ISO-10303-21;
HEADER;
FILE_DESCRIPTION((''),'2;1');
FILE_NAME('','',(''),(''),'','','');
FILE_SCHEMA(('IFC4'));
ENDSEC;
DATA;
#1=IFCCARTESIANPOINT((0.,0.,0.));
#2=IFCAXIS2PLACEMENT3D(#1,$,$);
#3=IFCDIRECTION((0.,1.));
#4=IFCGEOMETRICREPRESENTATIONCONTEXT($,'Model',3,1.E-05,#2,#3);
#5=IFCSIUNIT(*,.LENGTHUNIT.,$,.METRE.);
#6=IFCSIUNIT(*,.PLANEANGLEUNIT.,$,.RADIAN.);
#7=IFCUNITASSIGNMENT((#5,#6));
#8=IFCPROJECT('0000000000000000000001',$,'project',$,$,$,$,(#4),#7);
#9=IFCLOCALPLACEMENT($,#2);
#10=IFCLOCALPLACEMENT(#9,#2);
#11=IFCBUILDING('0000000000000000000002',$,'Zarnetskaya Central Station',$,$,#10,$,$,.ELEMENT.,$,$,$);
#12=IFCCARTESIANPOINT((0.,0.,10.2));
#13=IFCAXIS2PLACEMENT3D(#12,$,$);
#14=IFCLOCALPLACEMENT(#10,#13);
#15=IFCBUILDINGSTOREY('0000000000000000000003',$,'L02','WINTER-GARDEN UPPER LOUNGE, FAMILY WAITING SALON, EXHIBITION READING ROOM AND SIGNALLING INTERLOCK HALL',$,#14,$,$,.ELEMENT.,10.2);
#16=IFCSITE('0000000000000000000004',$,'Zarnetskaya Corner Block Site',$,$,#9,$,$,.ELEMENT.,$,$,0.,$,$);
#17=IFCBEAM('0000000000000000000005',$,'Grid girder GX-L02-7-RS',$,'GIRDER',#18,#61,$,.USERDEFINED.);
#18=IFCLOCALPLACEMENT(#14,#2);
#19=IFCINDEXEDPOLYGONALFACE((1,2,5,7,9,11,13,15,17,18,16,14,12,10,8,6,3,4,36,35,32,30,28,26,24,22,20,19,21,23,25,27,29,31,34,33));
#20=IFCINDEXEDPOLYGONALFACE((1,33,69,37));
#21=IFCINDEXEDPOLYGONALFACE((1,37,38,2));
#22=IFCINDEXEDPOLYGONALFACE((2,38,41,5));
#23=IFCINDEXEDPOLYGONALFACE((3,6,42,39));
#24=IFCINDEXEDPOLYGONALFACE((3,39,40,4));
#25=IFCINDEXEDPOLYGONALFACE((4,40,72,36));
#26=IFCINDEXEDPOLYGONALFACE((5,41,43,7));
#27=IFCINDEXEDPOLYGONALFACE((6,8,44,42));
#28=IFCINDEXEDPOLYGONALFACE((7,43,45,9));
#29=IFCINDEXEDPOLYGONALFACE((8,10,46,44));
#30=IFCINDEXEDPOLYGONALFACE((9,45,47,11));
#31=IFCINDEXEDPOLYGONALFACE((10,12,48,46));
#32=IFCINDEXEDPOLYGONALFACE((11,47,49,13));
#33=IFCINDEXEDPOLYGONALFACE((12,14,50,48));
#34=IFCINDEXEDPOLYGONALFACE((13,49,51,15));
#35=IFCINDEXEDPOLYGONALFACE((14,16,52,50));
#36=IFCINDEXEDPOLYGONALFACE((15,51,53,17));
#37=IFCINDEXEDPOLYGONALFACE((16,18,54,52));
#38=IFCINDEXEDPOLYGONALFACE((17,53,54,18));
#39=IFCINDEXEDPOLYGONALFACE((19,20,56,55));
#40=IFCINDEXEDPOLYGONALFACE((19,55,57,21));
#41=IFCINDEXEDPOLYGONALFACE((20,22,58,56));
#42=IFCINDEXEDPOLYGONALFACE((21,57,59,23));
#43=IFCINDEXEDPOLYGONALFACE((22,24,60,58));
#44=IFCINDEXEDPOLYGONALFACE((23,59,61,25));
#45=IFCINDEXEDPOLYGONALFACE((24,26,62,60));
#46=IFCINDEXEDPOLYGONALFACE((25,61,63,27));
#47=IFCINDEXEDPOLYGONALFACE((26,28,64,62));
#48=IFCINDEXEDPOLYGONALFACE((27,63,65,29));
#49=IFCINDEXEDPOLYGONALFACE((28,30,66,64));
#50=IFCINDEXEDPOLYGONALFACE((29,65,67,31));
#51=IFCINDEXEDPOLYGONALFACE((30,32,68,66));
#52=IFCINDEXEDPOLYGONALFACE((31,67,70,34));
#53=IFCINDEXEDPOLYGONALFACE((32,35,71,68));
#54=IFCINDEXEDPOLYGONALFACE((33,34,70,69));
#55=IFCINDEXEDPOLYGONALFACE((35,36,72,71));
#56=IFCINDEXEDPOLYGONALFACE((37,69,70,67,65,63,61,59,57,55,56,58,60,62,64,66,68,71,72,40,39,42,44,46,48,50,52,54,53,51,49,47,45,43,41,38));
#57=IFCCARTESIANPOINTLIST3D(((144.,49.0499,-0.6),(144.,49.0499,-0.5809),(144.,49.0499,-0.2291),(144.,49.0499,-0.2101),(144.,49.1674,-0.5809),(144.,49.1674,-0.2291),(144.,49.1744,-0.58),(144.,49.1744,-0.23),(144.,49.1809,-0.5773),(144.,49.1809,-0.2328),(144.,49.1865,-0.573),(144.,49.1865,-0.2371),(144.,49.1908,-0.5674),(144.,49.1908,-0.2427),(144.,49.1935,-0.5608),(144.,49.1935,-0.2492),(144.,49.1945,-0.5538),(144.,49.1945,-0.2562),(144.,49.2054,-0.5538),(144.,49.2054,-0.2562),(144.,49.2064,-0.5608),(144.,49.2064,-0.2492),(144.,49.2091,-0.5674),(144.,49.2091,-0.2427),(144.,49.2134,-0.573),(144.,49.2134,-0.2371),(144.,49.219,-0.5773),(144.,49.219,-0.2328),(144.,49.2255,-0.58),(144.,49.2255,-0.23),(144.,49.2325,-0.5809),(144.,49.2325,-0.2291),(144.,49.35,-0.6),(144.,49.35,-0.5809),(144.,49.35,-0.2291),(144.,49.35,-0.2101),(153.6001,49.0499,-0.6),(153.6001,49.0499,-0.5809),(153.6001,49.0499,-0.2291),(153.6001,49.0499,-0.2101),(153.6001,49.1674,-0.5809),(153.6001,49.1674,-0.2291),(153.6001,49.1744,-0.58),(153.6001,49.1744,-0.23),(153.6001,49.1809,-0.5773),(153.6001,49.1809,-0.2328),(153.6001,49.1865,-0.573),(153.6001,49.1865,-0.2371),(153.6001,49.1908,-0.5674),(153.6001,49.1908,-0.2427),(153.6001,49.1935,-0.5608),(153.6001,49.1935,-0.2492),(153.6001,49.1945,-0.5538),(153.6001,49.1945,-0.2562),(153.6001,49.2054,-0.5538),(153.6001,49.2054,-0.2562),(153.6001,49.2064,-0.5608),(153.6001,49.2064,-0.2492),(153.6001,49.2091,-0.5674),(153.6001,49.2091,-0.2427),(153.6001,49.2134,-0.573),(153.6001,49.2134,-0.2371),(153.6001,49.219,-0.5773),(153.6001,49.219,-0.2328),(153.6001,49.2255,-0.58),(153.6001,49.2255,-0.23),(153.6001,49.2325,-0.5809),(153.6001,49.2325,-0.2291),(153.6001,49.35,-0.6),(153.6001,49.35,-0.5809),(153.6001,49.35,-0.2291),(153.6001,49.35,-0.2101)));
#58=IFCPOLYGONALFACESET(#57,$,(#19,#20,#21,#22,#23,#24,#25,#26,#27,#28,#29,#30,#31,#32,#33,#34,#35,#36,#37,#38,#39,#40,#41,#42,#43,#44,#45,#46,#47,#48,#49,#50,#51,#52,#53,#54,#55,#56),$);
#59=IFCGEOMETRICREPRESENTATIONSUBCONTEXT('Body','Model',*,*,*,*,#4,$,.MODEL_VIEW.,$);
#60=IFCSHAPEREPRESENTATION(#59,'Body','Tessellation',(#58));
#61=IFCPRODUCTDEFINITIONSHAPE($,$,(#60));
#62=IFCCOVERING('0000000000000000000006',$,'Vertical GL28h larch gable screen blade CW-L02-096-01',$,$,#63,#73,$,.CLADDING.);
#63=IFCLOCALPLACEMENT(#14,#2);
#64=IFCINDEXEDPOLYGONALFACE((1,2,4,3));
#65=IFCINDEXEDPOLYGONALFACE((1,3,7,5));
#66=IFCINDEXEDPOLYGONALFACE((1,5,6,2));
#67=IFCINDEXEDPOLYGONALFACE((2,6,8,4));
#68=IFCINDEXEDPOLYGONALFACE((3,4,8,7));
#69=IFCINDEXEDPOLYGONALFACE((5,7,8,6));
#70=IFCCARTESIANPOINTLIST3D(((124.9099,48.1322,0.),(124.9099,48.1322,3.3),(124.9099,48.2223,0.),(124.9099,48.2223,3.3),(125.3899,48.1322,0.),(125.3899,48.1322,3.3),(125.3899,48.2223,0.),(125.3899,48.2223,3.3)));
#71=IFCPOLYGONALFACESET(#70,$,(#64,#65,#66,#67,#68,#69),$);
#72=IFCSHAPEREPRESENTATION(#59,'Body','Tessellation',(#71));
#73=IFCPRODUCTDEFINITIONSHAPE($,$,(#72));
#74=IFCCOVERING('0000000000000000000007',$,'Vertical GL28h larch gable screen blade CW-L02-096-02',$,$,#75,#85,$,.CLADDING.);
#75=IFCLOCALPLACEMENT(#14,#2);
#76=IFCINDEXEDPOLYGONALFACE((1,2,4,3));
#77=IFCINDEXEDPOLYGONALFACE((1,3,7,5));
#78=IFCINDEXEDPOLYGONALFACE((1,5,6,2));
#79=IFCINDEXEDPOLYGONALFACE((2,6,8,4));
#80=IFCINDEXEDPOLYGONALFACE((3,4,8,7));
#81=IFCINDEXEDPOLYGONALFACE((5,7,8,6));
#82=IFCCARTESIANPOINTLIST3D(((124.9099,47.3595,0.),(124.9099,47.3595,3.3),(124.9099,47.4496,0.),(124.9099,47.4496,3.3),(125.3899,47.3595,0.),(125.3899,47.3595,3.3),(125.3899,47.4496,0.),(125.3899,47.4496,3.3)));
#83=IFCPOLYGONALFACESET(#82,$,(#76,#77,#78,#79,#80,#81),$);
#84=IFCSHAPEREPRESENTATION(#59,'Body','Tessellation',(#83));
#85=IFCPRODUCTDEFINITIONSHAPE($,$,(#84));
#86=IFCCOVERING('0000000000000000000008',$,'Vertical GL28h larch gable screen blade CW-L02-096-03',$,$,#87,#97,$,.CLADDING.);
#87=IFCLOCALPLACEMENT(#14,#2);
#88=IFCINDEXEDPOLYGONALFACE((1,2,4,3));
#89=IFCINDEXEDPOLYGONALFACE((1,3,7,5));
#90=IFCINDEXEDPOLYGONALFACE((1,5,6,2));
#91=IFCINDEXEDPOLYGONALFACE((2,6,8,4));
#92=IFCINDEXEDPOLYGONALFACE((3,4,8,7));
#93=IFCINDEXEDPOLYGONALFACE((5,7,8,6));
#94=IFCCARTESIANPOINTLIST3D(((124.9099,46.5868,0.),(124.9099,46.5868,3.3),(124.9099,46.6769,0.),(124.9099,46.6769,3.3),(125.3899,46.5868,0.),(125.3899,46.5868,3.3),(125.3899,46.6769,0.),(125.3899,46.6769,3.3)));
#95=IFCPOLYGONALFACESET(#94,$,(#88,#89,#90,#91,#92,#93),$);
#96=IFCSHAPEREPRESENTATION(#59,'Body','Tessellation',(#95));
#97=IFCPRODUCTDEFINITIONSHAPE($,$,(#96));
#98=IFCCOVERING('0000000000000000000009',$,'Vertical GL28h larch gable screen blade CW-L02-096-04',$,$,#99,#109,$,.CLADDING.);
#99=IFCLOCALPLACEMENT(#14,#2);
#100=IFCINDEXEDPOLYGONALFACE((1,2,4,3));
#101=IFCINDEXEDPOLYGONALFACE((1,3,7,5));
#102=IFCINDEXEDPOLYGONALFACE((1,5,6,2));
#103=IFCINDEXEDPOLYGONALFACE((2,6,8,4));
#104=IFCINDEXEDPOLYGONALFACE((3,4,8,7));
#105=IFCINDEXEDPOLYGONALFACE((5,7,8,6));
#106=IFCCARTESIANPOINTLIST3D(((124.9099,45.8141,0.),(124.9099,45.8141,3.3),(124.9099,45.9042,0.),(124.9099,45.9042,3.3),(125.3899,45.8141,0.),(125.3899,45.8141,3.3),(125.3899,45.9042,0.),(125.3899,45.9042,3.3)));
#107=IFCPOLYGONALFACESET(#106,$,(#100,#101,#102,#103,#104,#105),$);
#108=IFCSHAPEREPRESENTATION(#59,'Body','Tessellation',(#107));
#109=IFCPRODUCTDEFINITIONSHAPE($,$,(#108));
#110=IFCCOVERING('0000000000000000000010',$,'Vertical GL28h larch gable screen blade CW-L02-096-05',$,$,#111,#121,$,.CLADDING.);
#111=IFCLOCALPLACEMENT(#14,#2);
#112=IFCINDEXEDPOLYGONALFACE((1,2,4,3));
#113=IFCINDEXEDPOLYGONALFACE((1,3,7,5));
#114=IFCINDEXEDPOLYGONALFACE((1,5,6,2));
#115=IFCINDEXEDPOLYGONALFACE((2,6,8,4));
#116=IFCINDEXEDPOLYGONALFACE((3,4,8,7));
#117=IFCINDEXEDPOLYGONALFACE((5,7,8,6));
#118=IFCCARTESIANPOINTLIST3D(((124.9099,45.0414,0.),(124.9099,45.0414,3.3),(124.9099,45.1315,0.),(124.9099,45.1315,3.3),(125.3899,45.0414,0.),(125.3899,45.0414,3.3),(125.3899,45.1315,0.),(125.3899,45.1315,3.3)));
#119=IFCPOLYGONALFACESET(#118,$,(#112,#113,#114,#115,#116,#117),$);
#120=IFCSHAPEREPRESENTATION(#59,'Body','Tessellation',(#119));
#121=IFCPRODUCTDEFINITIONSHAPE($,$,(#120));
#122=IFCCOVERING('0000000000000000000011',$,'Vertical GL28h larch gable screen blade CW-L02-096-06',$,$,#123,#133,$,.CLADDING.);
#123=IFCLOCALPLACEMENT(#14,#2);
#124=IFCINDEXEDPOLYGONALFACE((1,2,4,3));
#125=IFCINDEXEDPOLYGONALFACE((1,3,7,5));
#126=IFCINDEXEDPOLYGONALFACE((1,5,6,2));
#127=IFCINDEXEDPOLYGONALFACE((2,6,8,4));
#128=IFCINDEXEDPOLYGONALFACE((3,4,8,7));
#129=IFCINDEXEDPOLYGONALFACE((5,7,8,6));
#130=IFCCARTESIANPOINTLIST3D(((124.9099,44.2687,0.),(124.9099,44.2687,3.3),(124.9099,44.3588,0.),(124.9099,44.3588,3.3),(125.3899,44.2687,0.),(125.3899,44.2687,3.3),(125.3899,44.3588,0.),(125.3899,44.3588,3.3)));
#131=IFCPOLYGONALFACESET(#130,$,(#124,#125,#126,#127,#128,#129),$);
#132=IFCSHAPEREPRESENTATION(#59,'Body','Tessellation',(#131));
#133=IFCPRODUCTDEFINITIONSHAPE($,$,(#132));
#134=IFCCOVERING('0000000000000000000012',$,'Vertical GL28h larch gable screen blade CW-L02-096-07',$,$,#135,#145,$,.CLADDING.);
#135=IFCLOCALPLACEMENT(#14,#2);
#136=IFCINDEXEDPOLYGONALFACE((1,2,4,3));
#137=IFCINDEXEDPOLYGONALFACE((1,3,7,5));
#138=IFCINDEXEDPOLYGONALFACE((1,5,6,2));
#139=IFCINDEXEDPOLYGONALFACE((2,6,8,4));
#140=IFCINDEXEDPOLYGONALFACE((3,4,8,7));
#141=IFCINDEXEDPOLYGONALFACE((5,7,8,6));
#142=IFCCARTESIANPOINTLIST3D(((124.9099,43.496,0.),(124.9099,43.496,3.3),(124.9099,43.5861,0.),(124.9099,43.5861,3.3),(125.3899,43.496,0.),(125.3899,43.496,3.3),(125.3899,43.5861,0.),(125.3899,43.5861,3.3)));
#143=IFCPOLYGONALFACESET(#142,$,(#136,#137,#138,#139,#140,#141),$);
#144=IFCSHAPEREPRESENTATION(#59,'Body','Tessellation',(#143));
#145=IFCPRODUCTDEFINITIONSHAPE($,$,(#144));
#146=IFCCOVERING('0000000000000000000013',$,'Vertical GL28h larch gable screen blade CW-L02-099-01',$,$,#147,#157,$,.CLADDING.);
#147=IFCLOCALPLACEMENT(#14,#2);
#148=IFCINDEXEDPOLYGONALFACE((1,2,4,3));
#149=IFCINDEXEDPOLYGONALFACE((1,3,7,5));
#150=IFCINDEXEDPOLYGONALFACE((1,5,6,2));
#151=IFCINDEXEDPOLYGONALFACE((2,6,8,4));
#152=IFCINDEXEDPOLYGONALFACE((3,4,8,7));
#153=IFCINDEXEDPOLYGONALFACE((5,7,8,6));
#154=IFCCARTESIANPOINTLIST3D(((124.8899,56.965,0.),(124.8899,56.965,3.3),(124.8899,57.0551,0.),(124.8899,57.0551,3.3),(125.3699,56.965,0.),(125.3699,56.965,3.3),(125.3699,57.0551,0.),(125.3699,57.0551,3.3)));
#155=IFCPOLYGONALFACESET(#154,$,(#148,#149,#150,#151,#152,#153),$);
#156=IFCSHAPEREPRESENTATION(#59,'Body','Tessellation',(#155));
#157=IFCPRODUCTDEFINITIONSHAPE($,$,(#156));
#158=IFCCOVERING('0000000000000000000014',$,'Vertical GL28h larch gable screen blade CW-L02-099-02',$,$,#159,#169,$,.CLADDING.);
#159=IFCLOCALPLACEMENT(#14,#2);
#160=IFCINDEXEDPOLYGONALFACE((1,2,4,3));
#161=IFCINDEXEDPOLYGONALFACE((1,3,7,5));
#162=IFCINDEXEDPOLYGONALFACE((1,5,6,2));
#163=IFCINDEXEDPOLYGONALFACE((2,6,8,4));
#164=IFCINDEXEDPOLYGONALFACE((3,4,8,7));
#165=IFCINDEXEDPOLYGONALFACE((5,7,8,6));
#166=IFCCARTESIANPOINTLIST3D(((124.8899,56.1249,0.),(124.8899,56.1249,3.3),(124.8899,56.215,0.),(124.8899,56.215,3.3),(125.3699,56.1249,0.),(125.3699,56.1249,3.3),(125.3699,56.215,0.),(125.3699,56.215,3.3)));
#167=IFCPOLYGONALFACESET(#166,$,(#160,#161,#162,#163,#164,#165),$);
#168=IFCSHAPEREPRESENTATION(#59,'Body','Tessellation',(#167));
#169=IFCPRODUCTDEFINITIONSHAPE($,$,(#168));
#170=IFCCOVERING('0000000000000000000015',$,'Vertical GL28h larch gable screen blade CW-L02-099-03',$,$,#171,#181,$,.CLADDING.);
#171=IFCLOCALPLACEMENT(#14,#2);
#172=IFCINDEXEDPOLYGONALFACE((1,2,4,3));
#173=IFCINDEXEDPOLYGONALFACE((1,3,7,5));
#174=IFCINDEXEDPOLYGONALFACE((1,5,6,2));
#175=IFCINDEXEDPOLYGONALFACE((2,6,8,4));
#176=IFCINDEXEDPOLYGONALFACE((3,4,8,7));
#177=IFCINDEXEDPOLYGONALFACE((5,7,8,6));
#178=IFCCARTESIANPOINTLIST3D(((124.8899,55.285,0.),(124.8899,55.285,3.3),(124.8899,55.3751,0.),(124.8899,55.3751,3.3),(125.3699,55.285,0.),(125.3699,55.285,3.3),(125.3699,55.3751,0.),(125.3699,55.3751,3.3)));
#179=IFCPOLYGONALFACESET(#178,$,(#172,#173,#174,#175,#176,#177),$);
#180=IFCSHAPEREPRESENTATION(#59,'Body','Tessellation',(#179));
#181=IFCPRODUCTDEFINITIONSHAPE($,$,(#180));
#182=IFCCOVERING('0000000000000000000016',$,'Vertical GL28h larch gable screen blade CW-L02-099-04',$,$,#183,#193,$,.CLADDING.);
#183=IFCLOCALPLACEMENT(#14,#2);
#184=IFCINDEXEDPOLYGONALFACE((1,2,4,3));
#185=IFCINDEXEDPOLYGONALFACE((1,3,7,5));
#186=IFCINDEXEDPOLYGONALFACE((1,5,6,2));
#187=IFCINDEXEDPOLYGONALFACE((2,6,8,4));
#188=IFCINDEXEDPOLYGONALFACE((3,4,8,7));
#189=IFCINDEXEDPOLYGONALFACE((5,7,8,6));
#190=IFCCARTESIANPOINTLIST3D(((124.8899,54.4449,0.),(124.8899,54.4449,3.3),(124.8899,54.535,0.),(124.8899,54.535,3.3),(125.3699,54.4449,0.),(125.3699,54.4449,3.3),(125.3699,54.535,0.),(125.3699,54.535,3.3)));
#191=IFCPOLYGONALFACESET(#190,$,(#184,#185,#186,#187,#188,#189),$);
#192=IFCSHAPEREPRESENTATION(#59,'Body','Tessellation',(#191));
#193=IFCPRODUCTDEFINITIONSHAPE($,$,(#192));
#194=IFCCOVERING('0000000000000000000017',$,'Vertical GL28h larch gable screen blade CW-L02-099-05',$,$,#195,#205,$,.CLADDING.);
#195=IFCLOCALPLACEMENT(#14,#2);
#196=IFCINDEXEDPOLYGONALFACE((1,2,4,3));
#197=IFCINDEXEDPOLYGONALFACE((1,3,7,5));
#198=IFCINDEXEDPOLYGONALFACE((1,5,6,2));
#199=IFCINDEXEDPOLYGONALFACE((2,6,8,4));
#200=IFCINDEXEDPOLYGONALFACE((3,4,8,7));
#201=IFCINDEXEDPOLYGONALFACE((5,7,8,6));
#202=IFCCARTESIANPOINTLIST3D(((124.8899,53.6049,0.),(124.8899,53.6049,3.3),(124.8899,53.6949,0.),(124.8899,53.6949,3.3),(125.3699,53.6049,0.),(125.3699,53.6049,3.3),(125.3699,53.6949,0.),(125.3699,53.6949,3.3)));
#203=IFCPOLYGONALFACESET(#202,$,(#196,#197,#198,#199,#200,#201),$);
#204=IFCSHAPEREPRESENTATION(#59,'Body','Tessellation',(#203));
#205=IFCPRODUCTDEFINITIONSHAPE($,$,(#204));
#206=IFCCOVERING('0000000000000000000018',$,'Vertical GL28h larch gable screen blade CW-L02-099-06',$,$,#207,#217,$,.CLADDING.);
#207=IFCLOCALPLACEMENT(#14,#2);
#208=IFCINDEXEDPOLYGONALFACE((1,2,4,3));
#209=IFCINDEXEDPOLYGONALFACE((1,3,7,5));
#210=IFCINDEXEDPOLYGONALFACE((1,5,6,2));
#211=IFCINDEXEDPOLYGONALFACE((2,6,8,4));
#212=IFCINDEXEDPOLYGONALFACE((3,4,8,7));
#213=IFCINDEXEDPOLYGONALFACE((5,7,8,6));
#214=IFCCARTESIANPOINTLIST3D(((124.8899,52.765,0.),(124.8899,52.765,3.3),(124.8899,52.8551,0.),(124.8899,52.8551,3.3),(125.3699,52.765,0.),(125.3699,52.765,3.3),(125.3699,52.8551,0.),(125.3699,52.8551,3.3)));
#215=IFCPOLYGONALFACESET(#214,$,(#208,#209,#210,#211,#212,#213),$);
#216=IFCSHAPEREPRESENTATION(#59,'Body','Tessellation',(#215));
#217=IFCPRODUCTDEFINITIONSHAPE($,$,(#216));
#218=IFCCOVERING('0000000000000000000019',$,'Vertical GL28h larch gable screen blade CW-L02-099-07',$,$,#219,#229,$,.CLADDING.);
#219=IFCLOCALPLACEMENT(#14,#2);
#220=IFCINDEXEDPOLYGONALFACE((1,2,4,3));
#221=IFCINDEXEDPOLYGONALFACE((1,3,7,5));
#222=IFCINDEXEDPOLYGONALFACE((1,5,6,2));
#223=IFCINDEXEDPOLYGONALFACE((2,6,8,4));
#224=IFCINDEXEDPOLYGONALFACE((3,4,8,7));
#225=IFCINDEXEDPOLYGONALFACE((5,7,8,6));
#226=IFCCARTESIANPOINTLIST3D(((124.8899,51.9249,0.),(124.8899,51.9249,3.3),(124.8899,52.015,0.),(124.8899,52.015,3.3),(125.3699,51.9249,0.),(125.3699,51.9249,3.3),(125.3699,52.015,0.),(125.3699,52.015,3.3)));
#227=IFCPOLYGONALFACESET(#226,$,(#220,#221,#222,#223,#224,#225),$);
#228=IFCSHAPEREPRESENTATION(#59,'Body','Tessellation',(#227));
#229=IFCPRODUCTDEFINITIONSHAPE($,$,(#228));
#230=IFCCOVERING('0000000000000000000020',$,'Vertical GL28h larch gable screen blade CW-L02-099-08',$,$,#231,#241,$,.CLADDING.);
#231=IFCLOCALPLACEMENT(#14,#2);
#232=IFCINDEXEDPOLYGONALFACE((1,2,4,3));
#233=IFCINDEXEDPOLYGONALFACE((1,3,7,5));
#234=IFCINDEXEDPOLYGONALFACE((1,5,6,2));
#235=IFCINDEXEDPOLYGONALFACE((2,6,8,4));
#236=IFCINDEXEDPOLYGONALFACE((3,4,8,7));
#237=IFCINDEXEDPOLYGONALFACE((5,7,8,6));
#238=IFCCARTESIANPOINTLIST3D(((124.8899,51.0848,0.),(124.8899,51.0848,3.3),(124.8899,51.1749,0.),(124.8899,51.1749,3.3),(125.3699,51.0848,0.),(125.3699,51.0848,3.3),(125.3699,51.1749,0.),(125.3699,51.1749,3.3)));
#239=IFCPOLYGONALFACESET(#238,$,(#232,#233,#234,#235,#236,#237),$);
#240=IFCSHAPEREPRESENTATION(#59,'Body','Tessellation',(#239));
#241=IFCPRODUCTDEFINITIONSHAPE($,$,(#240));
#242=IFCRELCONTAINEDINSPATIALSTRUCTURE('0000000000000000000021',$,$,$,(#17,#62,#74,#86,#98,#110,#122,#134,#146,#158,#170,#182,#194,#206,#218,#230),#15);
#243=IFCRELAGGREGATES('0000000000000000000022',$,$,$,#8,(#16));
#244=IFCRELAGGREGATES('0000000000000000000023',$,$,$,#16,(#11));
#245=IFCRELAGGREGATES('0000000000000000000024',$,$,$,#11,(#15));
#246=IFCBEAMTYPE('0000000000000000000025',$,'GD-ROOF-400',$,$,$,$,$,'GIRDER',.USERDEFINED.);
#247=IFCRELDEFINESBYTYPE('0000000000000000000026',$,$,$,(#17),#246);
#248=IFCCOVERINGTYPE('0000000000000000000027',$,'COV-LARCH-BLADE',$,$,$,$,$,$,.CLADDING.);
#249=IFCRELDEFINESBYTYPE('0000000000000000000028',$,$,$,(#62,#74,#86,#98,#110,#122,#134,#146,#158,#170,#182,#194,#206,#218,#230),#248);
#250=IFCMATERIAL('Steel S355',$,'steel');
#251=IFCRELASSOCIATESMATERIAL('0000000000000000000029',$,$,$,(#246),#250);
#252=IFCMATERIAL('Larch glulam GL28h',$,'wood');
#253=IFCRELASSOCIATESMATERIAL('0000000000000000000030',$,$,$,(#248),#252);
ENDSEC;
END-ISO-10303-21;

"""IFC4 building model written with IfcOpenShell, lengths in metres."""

from ifc_helpers import new_model, si_unit, direction, frame, origin, origin_2d, place, context, subcontext, project, spatial, rectangle, i_section, extrude, material, material_profile, profile_set, type_object, element, save


model = new_model("IFC4")

# Units and contexts
model_context = context("Model", 3, precision=1e-05, world=origin(), true_north=direction((0.0, 1.0)))
body_context = subcontext(model_context, "Body", "Model", "MODEL_VIEW")
ifc_project = project(units=[si_unit("LENGTHUNIT", "METRE"), si_unit("PLANEANGLEUNIT", "RADIAN")], contexts=[model_context])

# Site, building, storey
site_placement = place(None, origin())
site = spatial("IfcSite", under=ifc_project, at=site_placement, Name="Zarnetskaya Corner Block Site", CompositionType="ELEMENT", RefElevation=0.0)
building_placement = place(site_placement, origin())
building = spatial("IfcBuilding", under=site, at=building_placement, Name="Zarnetskaya Central Station", CompositionType="ELEMENT")
storey_placement = place(building_placement, frame((0.0, 0.0, 10.2)))
storey = spatial("IfcBuildingStorey", under=building, at=storey_placement, Name="L02", Description="WINTER-GARDEN UPPER LOUNGE, FAMILY WAITING SALON, EXHIBITION READING ROOM AND SIGNALLING INTERLOCK HALL", CompositionType="ELEMENT", Elevation=10.2)

# Beam
ifc_material_1 = material(Name="Steel S355", Category="steel")
ifc_material_profile_1 = material_profile(ifc_material_1, i_section(OverallWidth=0.3, OverallDepth=0.3899, WebThickness=0.011, FlangeThickness=0.019, FilletRadius=0.0271, at=origin_2d()), Name="HEA 400")
ifc_profile_set_1 = profile_set([ifc_material_profile_1], Name="Steel S355")
beam_type_1 = type_object("IfcBeamType", Name="GD-ROOF-400", ElementType="GIRDER", PredefinedType="USERDEFINED", material=ifc_profile_set_1)
for number, where, z_axis, x_axis, name in (
    (1, (144.0, 49.2, -0.405), (1.0, 0.0, 0.0), (0.0, 1.0, 0.0), "Grid girder GX-L02-7-RS"),
):
    element("IfcBeam", number, at=place(storey_placement, frame(where, z_axis=z_axis, x_axis=x_axis)), inside=storey, type_object=beam_type_1, Name=name, ObjectType="GIRDER", PredefinedType="USERDEFINED", context=body_context, shape_type="SweptSolid", body=[
        extrude(i_section(OverallWidth=0.3, OverallDepth=0.3899, WebThickness=0.011, FlangeThickness=0.019, FilletRadius=0.0271, at=origin_2d()), origin(), (0.0, 0.0, 1.0), 9.6001),
    ])

# Coverings
ifc_material_2 = material(Name="Larch glulam GL28h", Category="wood")
covering_type = type_object("IfcCoveringType", Name="COV-LARCH-BLADE", PredefinedType="CLADDING", material=ifc_material_2)
for number, where, z_axis, x_axis, name in (
    (2, (125.1499, 48.1772, 0.0), (0.0, 0.0, 1.0), (0.0, -1.0, 0.0), "Vertical GL28h larch gable screen blade CW-L02-096-01"),
    (3, (125.1499, 47.4045, 0.0), (0.0, 0.0, 1.0), (0.0, -1.0, 0.0), "Vertical GL28h larch gable screen blade CW-L02-096-02"),
    (4, (125.1499, 46.6318, 0.0), (0.0, 0.0, 1.0), (0.0, -1.0, 0.0), "Vertical GL28h larch gable screen blade CW-L02-096-03"),
    (5, (125.1499, 45.8591, 0.0), (0.0, 0.0, 1.0), (0.0, -1.0, 0.0), "Vertical GL28h larch gable screen blade CW-L02-096-04"),
    (6, (125.1499, 45.0864, 0.0), (0.0, 0.0, 1.0), (0.0, -1.0, 0.0), "Vertical GL28h larch gable screen blade CW-L02-096-05"),
    (7, (125.1499, 44.3137, 0.0), (0.0, 0.0, 1.0), (0.0, -1.0, 0.0), "Vertical GL28h larch gable screen blade CW-L02-096-06"),
    (8, (125.1499, 43.541, 0.0), (0.0, 0.0, 1.0), (0.0, -1.0, 0.0), "Vertical GL28h larch gable screen blade CW-L02-096-07"),
    (9, (125.1299, 57.01, 0.0), (0.0, 0.0, 1.0), (0.0, -1.0, 0.0), "Vertical GL28h larch gable screen blade CW-L02-099-01"),
    (10, (125.1299, 56.1699, 0.0), (0.0, 0.0, 1.0), (0.0, -1.0, 0.0), "Vertical GL28h larch gable screen blade CW-L02-099-02"),
    (11, (125.1299, 55.3301, 0.0), (0.0, 0.0, 1.0), (0.0, -1.0, 0.0), "Vertical GL28h larch gable screen blade CW-L02-099-03"),
    (12, (125.1299, 54.49, 0.0), (0.0, 0.0, 1.0), (0.0, -1.0, 0.0), "Vertical GL28h larch gable screen blade CW-L02-099-04"),
    (13, (125.1299, 53.6499, 0.0), (0.0, 0.0, 1.0), (0.0, -1.0, 0.0), "Vertical GL28h larch gable screen blade CW-L02-099-05"),
    (14, (125.1299, 52.8101, 0.0), (0.0, 0.0, 1.0), (0.0, -1.0, 0.0), "Vertical GL28h larch gable screen blade CW-L02-099-06"),
    (15, (125.1299, 51.97, 0.0), (0.0, 0.0, 1.0), (0.0, -1.0, 0.0), "Vertical GL28h larch gable screen blade CW-L02-099-07"),
    (16, (125.1299, 51.1299, 0.0), (0.0, 0.0, 1.0), (0.0, -1.0, 0.0), "Vertical GL28h larch gable screen blade CW-L02-099-08"),
):
    element("IfcCovering", number, at=place(storey_placement, frame(where, z_axis=z_axis, x_axis=x_axis)), inside=storey, type_object=covering_type, Name=name, PredefinedType="CLADDING", context=body_context, shape_type="SweptSolid", body=[
        extrude(rectangle(XDim=0.0901, YDim=0.48, at=origin_2d()), origin(), (0.0, 0.0, 1.0), 3.3),
    ])

save(model, "model.ifc")
